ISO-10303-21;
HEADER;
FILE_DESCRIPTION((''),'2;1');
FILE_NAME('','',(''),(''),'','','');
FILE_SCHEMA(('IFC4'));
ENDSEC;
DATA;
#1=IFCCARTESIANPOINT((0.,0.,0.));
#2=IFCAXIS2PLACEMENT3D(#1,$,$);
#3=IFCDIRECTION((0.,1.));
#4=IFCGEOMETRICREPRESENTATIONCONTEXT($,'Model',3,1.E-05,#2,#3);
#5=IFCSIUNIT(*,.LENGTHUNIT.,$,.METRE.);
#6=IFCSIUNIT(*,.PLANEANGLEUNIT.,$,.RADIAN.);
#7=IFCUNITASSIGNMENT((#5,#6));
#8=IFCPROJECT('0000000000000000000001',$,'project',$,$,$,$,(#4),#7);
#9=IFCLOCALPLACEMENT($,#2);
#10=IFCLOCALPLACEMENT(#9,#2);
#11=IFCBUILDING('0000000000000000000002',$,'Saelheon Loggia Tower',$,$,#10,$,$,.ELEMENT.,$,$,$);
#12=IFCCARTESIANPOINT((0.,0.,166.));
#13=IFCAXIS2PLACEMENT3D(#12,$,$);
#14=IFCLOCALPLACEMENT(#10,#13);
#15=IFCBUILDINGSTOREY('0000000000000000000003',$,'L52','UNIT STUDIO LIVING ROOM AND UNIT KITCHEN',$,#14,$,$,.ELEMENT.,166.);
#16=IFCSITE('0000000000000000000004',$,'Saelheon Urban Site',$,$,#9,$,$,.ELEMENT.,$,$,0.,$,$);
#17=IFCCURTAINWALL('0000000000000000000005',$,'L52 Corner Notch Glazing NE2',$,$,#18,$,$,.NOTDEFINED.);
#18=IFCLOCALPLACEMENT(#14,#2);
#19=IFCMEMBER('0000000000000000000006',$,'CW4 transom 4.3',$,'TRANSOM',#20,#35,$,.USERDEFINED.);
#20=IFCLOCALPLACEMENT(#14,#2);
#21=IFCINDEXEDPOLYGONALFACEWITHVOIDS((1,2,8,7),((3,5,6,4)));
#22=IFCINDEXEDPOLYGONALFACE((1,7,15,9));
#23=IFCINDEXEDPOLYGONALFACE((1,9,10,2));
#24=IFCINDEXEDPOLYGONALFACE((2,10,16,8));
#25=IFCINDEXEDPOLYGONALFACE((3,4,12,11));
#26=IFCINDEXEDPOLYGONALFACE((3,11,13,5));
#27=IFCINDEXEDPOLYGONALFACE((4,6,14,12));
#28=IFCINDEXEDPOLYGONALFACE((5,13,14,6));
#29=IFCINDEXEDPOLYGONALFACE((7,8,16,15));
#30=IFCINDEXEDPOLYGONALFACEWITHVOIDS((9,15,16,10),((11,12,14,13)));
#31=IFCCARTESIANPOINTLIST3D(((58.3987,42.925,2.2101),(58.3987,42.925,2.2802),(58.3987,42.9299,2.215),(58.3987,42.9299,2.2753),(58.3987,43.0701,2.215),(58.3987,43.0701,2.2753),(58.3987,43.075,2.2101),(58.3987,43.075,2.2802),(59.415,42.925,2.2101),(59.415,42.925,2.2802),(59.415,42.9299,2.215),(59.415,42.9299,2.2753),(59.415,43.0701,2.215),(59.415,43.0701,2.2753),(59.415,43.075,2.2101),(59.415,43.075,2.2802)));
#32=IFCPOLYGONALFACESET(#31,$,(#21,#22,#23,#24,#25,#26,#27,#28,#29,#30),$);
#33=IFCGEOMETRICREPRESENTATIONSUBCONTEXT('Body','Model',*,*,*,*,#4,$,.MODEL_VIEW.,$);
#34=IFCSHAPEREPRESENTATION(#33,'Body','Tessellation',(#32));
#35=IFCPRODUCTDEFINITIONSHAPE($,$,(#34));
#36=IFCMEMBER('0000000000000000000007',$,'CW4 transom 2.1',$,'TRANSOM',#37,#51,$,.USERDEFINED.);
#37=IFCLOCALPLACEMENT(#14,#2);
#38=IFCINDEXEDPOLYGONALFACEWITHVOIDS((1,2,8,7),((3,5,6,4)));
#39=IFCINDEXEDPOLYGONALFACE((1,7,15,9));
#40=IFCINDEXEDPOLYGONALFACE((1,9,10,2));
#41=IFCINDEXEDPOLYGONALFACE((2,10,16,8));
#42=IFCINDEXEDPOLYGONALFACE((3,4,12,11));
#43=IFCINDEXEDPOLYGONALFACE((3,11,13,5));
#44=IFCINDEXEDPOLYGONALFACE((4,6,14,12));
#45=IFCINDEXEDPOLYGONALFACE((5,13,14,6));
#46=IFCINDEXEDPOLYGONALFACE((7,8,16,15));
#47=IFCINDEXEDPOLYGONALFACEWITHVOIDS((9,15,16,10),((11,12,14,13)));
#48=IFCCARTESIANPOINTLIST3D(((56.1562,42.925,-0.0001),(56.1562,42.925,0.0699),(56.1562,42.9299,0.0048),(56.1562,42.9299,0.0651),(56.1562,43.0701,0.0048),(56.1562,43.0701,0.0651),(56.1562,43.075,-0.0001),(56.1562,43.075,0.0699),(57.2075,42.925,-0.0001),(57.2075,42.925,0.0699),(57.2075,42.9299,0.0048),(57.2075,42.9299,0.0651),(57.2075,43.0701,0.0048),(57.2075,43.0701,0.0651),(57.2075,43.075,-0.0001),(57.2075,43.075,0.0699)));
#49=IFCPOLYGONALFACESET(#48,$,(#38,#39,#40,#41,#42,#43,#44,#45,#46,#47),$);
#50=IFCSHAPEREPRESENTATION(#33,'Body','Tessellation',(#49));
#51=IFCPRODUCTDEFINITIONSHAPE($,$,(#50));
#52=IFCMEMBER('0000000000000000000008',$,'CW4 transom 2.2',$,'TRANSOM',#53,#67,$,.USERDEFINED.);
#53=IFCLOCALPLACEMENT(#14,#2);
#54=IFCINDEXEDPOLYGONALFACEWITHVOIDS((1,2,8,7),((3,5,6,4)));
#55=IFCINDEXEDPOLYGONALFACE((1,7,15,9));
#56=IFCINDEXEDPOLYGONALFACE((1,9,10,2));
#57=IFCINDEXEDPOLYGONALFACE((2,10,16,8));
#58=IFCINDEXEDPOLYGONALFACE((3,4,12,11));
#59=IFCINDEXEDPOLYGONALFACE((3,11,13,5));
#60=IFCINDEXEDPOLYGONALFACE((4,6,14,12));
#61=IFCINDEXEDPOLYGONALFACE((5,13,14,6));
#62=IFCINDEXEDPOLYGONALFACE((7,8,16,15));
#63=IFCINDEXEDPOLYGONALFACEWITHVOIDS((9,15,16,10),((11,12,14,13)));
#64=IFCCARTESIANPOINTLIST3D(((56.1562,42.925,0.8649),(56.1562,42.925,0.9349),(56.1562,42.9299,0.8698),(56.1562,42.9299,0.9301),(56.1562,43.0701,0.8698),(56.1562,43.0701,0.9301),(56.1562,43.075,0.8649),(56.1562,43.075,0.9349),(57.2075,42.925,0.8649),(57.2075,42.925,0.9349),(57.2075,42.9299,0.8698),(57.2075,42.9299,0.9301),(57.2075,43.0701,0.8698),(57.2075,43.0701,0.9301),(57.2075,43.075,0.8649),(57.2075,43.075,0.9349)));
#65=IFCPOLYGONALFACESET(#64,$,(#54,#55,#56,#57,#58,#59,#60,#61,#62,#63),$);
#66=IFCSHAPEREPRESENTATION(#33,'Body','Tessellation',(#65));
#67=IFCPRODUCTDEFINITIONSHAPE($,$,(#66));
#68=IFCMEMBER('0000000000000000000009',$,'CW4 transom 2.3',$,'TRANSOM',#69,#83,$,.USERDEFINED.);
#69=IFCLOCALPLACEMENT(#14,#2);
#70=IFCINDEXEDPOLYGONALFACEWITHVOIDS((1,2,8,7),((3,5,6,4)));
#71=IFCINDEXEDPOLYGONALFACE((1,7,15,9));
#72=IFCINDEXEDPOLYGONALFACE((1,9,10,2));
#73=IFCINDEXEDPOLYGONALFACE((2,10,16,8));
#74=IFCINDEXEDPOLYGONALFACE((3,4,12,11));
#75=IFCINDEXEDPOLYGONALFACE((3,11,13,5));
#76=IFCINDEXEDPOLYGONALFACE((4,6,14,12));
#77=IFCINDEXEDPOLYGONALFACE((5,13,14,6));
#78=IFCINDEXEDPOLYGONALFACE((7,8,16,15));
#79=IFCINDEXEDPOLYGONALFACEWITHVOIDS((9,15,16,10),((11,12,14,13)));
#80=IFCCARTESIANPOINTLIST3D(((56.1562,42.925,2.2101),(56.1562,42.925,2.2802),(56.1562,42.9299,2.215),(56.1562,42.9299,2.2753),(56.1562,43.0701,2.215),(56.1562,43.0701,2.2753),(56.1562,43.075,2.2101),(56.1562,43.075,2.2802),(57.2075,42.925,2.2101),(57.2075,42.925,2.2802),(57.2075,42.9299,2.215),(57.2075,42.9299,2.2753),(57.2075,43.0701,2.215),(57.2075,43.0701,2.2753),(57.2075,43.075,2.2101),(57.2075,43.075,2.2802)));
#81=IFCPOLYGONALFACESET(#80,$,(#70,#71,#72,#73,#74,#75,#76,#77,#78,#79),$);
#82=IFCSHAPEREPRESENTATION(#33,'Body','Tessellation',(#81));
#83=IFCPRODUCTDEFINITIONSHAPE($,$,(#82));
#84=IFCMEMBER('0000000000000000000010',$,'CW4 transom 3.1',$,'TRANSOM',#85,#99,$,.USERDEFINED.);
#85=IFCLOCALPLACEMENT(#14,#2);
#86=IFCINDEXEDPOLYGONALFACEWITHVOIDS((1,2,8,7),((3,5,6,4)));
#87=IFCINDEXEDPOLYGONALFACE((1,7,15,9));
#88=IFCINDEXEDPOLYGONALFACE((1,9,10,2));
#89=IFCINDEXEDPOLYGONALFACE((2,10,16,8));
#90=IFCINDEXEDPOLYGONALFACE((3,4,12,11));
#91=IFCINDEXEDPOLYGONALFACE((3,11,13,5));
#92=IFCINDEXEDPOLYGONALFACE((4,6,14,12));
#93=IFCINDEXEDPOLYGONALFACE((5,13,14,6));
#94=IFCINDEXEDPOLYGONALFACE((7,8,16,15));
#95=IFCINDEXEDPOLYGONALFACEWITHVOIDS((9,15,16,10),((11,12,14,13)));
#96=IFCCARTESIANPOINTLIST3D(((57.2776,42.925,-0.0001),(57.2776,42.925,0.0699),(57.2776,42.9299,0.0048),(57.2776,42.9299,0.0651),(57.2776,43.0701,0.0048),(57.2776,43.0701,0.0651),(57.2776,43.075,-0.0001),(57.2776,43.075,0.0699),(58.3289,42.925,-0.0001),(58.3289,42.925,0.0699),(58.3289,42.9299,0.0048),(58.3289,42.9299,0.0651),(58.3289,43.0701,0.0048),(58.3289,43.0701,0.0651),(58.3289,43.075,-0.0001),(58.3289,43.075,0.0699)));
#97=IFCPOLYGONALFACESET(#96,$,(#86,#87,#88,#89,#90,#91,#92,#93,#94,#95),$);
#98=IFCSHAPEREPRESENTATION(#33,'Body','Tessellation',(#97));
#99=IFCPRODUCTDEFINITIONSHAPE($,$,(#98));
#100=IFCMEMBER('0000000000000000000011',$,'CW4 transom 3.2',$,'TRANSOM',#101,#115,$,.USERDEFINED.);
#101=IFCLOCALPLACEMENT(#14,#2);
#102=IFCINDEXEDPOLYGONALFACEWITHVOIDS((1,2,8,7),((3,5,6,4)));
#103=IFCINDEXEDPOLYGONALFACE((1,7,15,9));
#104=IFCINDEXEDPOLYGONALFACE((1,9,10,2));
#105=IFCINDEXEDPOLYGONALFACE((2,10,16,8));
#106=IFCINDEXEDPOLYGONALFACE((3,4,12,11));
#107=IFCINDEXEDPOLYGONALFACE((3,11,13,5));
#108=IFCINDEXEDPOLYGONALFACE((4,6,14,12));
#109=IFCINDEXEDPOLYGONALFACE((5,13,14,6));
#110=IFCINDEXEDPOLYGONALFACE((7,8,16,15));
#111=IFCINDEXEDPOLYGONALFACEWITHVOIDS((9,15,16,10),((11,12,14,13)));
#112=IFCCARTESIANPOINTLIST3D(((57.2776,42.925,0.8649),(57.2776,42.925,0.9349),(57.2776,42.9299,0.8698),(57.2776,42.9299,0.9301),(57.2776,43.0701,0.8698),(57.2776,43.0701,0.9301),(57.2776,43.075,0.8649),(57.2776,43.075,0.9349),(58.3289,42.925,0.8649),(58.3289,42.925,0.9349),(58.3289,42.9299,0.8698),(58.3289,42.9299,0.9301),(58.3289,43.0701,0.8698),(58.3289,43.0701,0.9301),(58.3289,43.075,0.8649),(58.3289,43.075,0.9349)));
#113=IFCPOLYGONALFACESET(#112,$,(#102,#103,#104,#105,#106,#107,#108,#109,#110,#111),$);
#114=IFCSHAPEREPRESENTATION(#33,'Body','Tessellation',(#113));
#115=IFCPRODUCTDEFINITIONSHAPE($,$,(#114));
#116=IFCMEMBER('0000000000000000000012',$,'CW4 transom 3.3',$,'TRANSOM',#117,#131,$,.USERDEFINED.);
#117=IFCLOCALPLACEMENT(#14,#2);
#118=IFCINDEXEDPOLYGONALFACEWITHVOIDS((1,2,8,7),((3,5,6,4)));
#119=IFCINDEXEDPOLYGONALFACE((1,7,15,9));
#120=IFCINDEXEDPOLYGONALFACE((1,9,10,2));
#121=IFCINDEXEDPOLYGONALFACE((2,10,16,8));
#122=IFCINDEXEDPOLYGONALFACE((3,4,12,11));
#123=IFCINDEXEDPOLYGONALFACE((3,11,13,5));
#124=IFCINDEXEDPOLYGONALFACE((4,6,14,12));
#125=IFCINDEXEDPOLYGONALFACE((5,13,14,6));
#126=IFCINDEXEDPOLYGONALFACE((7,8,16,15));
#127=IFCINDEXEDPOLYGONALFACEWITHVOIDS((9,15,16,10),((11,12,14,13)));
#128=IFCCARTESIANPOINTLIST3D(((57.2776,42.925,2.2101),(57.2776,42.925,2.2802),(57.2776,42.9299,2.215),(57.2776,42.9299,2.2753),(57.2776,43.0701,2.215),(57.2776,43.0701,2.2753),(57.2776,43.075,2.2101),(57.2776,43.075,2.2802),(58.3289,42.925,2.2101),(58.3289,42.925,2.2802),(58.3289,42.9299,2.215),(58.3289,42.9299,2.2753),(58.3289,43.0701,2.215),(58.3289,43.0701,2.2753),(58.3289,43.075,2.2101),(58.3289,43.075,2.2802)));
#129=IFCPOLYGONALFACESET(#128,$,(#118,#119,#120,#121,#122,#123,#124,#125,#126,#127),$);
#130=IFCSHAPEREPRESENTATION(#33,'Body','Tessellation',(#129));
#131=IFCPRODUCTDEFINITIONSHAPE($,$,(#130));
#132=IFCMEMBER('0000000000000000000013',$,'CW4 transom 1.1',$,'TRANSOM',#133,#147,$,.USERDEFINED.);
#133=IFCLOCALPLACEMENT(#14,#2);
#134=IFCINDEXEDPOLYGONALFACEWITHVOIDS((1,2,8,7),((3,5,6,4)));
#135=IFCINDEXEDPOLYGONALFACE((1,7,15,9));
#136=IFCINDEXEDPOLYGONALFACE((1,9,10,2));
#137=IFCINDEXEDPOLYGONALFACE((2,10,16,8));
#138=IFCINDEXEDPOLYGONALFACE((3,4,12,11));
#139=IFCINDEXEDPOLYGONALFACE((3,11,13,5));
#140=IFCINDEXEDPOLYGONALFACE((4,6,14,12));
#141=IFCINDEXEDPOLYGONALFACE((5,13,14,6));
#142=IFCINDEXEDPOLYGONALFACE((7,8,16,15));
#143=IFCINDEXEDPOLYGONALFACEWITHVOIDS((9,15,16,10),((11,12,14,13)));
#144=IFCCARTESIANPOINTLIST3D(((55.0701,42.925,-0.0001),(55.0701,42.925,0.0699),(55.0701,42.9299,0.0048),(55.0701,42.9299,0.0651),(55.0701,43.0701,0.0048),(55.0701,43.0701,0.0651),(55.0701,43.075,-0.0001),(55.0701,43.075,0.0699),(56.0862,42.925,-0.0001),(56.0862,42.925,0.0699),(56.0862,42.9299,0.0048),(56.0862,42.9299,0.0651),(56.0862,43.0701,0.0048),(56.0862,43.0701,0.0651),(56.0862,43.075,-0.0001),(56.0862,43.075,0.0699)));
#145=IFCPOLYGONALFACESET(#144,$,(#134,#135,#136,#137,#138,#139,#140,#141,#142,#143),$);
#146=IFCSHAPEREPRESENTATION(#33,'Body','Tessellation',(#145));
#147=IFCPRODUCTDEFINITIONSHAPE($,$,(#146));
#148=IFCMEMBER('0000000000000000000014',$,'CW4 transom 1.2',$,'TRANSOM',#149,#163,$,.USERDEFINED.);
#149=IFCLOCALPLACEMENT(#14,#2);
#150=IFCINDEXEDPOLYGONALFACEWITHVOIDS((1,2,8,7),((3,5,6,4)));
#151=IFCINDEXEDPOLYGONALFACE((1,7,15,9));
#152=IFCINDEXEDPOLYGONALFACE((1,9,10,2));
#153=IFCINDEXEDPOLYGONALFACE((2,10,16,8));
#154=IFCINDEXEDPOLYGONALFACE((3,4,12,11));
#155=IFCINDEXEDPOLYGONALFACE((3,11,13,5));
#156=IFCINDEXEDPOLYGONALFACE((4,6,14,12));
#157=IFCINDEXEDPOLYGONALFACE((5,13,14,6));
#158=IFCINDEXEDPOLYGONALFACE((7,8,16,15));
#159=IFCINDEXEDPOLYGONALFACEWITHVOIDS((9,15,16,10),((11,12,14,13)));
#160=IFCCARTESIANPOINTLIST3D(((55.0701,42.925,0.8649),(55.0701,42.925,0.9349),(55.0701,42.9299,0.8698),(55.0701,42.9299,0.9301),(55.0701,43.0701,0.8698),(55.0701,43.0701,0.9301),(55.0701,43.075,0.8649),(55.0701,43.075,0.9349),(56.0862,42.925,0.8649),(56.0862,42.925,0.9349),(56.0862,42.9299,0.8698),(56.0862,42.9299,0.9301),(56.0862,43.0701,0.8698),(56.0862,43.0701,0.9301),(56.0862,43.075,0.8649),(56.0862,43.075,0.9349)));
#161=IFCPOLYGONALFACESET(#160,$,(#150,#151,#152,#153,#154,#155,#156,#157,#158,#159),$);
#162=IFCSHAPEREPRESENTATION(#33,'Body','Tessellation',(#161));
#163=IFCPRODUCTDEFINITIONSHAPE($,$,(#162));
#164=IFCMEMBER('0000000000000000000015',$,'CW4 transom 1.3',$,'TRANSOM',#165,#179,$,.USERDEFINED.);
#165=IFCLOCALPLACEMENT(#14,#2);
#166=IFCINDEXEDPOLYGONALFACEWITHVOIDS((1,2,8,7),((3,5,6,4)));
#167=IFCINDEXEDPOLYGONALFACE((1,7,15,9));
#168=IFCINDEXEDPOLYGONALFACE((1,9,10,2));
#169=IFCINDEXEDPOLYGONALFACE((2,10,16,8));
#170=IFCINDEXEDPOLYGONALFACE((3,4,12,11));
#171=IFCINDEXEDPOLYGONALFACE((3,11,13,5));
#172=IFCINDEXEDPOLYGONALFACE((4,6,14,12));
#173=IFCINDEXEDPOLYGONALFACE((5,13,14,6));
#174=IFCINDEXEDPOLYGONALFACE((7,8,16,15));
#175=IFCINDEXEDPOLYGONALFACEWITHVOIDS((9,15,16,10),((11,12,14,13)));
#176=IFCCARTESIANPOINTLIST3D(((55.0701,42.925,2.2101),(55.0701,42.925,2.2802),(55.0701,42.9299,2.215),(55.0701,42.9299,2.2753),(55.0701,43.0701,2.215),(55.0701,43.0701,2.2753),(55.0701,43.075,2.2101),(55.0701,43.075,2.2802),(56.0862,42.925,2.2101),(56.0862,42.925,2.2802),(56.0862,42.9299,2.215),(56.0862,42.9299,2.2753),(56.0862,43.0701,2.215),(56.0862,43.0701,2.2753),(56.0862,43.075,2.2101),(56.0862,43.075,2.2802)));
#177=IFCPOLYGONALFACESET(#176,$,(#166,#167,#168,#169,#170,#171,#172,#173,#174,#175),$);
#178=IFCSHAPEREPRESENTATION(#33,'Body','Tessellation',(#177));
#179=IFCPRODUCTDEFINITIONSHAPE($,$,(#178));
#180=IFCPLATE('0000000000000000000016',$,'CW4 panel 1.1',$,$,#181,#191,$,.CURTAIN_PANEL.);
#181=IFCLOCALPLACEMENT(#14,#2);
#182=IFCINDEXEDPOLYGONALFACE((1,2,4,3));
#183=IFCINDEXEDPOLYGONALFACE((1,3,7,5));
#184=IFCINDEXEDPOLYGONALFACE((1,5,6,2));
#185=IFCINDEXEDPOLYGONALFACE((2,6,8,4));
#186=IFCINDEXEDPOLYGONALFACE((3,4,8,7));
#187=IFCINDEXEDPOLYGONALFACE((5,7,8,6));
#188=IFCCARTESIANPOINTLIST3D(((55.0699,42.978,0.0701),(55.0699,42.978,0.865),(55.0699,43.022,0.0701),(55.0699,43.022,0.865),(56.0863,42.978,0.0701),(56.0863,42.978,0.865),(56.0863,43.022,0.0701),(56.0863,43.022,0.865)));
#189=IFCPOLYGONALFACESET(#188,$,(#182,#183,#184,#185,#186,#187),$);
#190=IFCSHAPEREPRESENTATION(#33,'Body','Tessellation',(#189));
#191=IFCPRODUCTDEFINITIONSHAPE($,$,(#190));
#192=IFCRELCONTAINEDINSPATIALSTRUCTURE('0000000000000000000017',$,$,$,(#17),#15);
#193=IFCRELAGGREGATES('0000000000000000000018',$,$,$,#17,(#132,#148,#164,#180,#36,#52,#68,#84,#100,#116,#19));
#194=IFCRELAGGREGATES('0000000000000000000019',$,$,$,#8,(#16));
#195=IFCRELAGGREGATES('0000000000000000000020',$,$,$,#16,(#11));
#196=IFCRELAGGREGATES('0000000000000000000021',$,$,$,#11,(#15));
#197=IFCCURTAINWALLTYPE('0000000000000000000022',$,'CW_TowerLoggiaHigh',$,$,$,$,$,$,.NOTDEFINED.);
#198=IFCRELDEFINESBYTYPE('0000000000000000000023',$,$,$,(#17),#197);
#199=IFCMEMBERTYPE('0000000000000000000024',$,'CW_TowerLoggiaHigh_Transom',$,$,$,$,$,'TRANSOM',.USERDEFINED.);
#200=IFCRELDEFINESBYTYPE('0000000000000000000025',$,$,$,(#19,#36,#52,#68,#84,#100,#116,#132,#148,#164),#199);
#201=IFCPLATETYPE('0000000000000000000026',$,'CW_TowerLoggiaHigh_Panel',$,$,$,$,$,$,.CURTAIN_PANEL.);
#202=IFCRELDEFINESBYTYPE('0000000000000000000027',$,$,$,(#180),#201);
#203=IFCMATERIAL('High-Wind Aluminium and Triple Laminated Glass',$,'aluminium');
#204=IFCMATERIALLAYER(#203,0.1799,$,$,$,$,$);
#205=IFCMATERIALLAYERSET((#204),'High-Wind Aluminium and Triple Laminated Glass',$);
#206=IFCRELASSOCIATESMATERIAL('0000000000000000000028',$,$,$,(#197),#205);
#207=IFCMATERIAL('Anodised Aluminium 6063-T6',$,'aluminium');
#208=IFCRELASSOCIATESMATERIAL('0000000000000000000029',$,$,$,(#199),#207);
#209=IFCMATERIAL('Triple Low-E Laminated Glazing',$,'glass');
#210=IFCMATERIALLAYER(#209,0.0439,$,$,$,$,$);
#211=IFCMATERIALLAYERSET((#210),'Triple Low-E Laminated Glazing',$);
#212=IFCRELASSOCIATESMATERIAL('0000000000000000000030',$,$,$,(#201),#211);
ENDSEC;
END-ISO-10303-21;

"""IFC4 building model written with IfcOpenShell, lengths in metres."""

from ifc_helpers import new_model, si_unit, direction, frame, origin, origin_2d, place, context, subcontext, project, spatial, rectangle, hollow_rectangle, extrude, source, transform, mapped, material, layer, layer_set, material_profile, profile_set, type_object, element, aggregate, save


model = new_model("IFC4")

# Units and contexts
model_context = context("Model", 3, precision=1e-05, world=origin(), true_north=direction((0.0, 1.0)))
body_context = subcontext(model_context, "Body", "Model", "MODEL_VIEW")
ifc_project = project(units=[si_unit("LENGTHUNIT", "METRE"), si_unit("PLANEANGLEUNIT", "RADIAN")], contexts=[model_context])

# Site, building, storey
site_placement = place(None, origin())
site = spatial("IfcSite", under=ifc_project, at=site_placement, Name="Saelheon Urban Site", CompositionType="ELEMENT", RefElevation=0.0)
building_placement = place(site_placement, origin())
building = spatial("IfcBuilding", under=site, at=building_placement, Name="Saelheon Loggia Tower", CompositionType="ELEMENT")
storey_placement = place(building_placement, frame((0.0, 0.0, 166.0)))
storey = spatial("IfcBuildingStorey", under=building, at=storey_placement, Name="L52", Description="UNIT STUDIO LIVING ROOM AND UNIT KITCHEN", CompositionType="ELEMENT", Elevation=166.0)

# Curtain wall, members, plate
ifc_material_1 = material(Name="High-Wind Aluminium and Triple Laminated Glass", Category="aluminium")
ifc_layer_1 = layer(ifc_material_1, 0.1799)
ifc_layer_set_1 = layer_set([ifc_layer_1], Name="High-Wind Aluminium and Triple Laminated Glass")
curtain_wall_type = type_object("IfcCurtainWallType", Name="CW_TowerLoggiaHigh", PredefinedType="NOTDEFINED", material=ifc_layer_set_1)
curtain_wall_placement = place(storey_placement, origin())
curtain_wall = element("IfcCurtainWall", 1, at=curtain_wall_placement, inside=storey, type_object=curtain_wall_type, Name="L52 Corner Notch Glazing NE2", PredefinedType="NOTDEFINED")
ifc_material_2 = material(Name="Anodised Aluminium 6063-T6", Category="aluminium")
ifc_material_profile_1 = material_profile(ifc_material_2, hollow_rectangle(XDim=0.0701, YDim=0.1499, WallThickness=0.0049, at=origin_2d()), Name="RHS-150x70x5")
ifc_profile_set_1 = profile_set([ifc_material_profile_1], Name="Anodised Aluminium 6063-T6")
member_type_1 = type_object("IfcMemberType", Name="CW_TowerLoggiaHigh_Transom", ElementType="TRANSOM", PredefinedType="USERDEFINED", material=ifc_profile_set_1)
shared_shape_1 = source(origin(), body_context, "Body", "SweptSolid", [
    extrude(hollow_rectangle(XDim=0.0701, YDim=0.1499, WallThickness=0.0049, at=origin_2d()), origin(), (0.0, 0.0, 1.0), 1.0164),
])
member_1_placement = place(storey_placement, frame((58.3987, 43.0, 2.2451), z_axis=(1.0, 0.0, 0.0), x_axis=(0.0, 0.0, 1.0)))
member_1 = element("IfcMember", 2, at=member_1_placement, type_object=member_type_1, Name="CW4 transom 4.3", ObjectType="TRANSOM", PredefinedType="USERDEFINED", context=body_context, shape_type="MappedRepresentation", body=[
    mapped(shared_shape_1, transform((0.0, 0.0, 0.0), scale=1.0)),
])
shared_shape_2 = source(origin(), body_context, "Body", "SweptSolid", [
    extrude(hollow_rectangle(XDim=0.0701, YDim=0.1499, WallThickness=0.0049, at=origin_2d()), origin(), (0.0, 0.0, 1.0), 1.0513),
])
member_2_placement = place(storey_placement, frame((56.1562, 43.0, 0.0349), z_axis=(1.0, 0.0, 0.0), x_axis=(0.0, 0.0, 1.0)))
member_2 = element("IfcMember", 3, at=member_2_placement, type_object=member_type_1, Name="CW4 transom 2.1", ObjectType="TRANSOM", PredefinedType="USERDEFINED", context=body_context, shape_type="MappedRepresentation", body=[
    mapped(shared_shape_2, transform((0.0, 0.0, 0.0), scale=1.0)),
])
member_3_placement = place(storey_placement, frame((56.1562, 43.0, 0.8999), z_axis=(1.0, 0.0, 0.0), x_axis=(0.0, 0.0, 1.0)))
member_3 = element("IfcMember", 4, at=member_3_placement, type_object=member_type_1, Name="CW4 transom 2.2", ObjectType="TRANSOM", PredefinedType="USERDEFINED", context=body_context, shape_type="MappedRepresentation", body=[
    mapped(shared_shape_2, transform((0.0, 0.0, 0.0), scale=1.0)),
])
member_4_placement = place(storey_placement, frame((56.1562, 43.0, 2.2451), z_axis=(1.0, 0.0, 0.0), x_axis=(0.0, 0.0, 1.0)))
member_4 = element("IfcMember", 5, at=member_4_placement, type_object=member_type_1, Name="CW4 transom 2.3", ObjectType="TRANSOM", PredefinedType="USERDEFINED", context=body_context, shape_type="MappedRepresentation", body=[
    mapped(shared_shape_2, transform((0.0, 0.0, 0.0), scale=1.0)),
])
member_5_placement = place(storey_placement, frame((57.2776, 43.0, 0.0349), z_axis=(1.0, 0.0, 0.0), x_axis=(0.0, 0.0, 1.0)))
member_5 = element("IfcMember", 6, at=member_5_placement, type_object=member_type_1, Name="CW4 transom 3.1", ObjectType="TRANSOM", PredefinedType="USERDEFINED", context=body_context, shape_type="MappedRepresentation", body=[
    mapped(shared_shape_2, transform((0.0, 0.0, 0.0), scale=1.0)),
])
member_6_placement = place(storey_placement, frame((57.2776, 43.0, 0.8999), z_axis=(1.0, 0.0, 0.0), x_axis=(0.0, 0.0, 1.0)))
member_6 = element("IfcMember", 7, at=member_6_placement, type_object=member_type_1, Name="CW4 transom 3.2", ObjectType="TRANSOM", PredefinedType="USERDEFINED", context=body_context, shape_type="MappedRepresentation", body=[
    mapped(shared_shape_2, transform((0.0, 0.0, 0.0), scale=1.0)),
])
member_7_placement = place(storey_placement, frame((57.2776, 43.0, 2.2451), z_axis=(1.0, 0.0, 0.0), x_axis=(0.0, 0.0, 1.0)))
member_7 = element("IfcMember", 8, at=member_7_placement, type_object=member_type_1, Name="CW4 transom 3.3", ObjectType="TRANSOM", PredefinedType="USERDEFINED", context=body_context, shape_type="MappedRepresentation", body=[
    mapped(shared_shape_2, transform((0.0, 0.0, 0.0), scale=1.0)),
])
shared_shape_3 = source(origin(), body_context, "Body", "SweptSolid", [
    extrude(hollow_rectangle(XDim=0.0701, YDim=0.1499, WallThickness=0.0049, at=origin_2d()), origin(), (0.0, 0.0, 1.0), 1.0161),
])
member_8_placement = place(storey_placement, frame((55.0701, 43.0, 0.0349), z_axis=(1.0, 0.0, 0.0), x_axis=(0.0, 0.0, 1.0)))
member_8 = element("IfcMember", 9, at=member_8_placement, type_object=member_type_1, Name="CW4 transom 1.1", ObjectType="TRANSOM", PredefinedType="USERDEFINED", context=body_context, shape_type="MappedRepresentation", body=[
    mapped(shared_shape_3, transform((0.0, 0.0, 0.0), scale=1.0)),
])
member_9_placement = place(storey_placement, frame((55.0701, 43.0, 0.8999), z_axis=(1.0, 0.0, 0.0), x_axis=(0.0, 0.0, 1.0)))
member_9 = element("IfcMember", 10, at=member_9_placement, type_object=member_type_1, Name="CW4 transom 1.2", ObjectType="TRANSOM", PredefinedType="USERDEFINED", context=body_context, shape_type="MappedRepresentation", body=[
    mapped(shared_shape_3, transform((0.0, 0.0, 0.0), scale=1.0)),
])
member_10_placement = place(storey_placement, frame((55.0701, 43.0, 2.2451), z_axis=(1.0, 0.0, 0.0), x_axis=(0.0, 0.0, 1.0)))
member_10 = element("IfcMember", 11, at=member_10_placement, type_object=member_type_1, Name="CW4 transom 1.3", ObjectType="TRANSOM", PredefinedType="USERDEFINED", context=body_context, shape_type="MappedRepresentation", body=[
    mapped(shared_shape_3, transform((0.0, 0.0, 0.0), scale=1.0)),
])
ifc_material_3 = material(Name="Triple Low-E Laminated Glazing", Category="glass")
ifc_layer_2 = layer(ifc_material_3, 0.0439)
ifc_layer_set_2 = layer_set([ifc_layer_2], Name="Triple Low-E Laminated Glazing")
plate_type = type_object("IfcPlateType", Name="CW_TowerLoggiaHigh_Panel", PredefinedType="CURTAIN_PANEL", material=ifc_layer_set_2)
shared_shape_4 = source(origin(), body_context, "Body", "SweptSolid", [
    extrude(rectangle(XDim=1.0164, YDim=0.0439, at=origin_2d()), origin(), (0.0, 0.0, 1.0), 0.7949),
])
plate_1_placement = place(storey_placement, frame((55.5781, 43.0, 0.0701), z_axis=(0.0, 0.0, 1.0), x_axis=(1.0, 0.0, 0.0)))
plate_1 = element("IfcPlate", 12, at=plate_1_placement, type_object=plate_type, Name="CW4 panel 1.1", PredefinedType="CURTAIN_PANEL", context=body_context, shape_type="MappedRepresentation", body=[
    mapped(shared_shape_4, transform((0.0, 0.0, 0.0), scale=1.0)),
])
aggregate(curtain_wall, [member_8, member_9, member_10, plate_1, member_2, member_3, member_4, member_5, member_6, member_7, member_1])

save(model, "model.ifc")
